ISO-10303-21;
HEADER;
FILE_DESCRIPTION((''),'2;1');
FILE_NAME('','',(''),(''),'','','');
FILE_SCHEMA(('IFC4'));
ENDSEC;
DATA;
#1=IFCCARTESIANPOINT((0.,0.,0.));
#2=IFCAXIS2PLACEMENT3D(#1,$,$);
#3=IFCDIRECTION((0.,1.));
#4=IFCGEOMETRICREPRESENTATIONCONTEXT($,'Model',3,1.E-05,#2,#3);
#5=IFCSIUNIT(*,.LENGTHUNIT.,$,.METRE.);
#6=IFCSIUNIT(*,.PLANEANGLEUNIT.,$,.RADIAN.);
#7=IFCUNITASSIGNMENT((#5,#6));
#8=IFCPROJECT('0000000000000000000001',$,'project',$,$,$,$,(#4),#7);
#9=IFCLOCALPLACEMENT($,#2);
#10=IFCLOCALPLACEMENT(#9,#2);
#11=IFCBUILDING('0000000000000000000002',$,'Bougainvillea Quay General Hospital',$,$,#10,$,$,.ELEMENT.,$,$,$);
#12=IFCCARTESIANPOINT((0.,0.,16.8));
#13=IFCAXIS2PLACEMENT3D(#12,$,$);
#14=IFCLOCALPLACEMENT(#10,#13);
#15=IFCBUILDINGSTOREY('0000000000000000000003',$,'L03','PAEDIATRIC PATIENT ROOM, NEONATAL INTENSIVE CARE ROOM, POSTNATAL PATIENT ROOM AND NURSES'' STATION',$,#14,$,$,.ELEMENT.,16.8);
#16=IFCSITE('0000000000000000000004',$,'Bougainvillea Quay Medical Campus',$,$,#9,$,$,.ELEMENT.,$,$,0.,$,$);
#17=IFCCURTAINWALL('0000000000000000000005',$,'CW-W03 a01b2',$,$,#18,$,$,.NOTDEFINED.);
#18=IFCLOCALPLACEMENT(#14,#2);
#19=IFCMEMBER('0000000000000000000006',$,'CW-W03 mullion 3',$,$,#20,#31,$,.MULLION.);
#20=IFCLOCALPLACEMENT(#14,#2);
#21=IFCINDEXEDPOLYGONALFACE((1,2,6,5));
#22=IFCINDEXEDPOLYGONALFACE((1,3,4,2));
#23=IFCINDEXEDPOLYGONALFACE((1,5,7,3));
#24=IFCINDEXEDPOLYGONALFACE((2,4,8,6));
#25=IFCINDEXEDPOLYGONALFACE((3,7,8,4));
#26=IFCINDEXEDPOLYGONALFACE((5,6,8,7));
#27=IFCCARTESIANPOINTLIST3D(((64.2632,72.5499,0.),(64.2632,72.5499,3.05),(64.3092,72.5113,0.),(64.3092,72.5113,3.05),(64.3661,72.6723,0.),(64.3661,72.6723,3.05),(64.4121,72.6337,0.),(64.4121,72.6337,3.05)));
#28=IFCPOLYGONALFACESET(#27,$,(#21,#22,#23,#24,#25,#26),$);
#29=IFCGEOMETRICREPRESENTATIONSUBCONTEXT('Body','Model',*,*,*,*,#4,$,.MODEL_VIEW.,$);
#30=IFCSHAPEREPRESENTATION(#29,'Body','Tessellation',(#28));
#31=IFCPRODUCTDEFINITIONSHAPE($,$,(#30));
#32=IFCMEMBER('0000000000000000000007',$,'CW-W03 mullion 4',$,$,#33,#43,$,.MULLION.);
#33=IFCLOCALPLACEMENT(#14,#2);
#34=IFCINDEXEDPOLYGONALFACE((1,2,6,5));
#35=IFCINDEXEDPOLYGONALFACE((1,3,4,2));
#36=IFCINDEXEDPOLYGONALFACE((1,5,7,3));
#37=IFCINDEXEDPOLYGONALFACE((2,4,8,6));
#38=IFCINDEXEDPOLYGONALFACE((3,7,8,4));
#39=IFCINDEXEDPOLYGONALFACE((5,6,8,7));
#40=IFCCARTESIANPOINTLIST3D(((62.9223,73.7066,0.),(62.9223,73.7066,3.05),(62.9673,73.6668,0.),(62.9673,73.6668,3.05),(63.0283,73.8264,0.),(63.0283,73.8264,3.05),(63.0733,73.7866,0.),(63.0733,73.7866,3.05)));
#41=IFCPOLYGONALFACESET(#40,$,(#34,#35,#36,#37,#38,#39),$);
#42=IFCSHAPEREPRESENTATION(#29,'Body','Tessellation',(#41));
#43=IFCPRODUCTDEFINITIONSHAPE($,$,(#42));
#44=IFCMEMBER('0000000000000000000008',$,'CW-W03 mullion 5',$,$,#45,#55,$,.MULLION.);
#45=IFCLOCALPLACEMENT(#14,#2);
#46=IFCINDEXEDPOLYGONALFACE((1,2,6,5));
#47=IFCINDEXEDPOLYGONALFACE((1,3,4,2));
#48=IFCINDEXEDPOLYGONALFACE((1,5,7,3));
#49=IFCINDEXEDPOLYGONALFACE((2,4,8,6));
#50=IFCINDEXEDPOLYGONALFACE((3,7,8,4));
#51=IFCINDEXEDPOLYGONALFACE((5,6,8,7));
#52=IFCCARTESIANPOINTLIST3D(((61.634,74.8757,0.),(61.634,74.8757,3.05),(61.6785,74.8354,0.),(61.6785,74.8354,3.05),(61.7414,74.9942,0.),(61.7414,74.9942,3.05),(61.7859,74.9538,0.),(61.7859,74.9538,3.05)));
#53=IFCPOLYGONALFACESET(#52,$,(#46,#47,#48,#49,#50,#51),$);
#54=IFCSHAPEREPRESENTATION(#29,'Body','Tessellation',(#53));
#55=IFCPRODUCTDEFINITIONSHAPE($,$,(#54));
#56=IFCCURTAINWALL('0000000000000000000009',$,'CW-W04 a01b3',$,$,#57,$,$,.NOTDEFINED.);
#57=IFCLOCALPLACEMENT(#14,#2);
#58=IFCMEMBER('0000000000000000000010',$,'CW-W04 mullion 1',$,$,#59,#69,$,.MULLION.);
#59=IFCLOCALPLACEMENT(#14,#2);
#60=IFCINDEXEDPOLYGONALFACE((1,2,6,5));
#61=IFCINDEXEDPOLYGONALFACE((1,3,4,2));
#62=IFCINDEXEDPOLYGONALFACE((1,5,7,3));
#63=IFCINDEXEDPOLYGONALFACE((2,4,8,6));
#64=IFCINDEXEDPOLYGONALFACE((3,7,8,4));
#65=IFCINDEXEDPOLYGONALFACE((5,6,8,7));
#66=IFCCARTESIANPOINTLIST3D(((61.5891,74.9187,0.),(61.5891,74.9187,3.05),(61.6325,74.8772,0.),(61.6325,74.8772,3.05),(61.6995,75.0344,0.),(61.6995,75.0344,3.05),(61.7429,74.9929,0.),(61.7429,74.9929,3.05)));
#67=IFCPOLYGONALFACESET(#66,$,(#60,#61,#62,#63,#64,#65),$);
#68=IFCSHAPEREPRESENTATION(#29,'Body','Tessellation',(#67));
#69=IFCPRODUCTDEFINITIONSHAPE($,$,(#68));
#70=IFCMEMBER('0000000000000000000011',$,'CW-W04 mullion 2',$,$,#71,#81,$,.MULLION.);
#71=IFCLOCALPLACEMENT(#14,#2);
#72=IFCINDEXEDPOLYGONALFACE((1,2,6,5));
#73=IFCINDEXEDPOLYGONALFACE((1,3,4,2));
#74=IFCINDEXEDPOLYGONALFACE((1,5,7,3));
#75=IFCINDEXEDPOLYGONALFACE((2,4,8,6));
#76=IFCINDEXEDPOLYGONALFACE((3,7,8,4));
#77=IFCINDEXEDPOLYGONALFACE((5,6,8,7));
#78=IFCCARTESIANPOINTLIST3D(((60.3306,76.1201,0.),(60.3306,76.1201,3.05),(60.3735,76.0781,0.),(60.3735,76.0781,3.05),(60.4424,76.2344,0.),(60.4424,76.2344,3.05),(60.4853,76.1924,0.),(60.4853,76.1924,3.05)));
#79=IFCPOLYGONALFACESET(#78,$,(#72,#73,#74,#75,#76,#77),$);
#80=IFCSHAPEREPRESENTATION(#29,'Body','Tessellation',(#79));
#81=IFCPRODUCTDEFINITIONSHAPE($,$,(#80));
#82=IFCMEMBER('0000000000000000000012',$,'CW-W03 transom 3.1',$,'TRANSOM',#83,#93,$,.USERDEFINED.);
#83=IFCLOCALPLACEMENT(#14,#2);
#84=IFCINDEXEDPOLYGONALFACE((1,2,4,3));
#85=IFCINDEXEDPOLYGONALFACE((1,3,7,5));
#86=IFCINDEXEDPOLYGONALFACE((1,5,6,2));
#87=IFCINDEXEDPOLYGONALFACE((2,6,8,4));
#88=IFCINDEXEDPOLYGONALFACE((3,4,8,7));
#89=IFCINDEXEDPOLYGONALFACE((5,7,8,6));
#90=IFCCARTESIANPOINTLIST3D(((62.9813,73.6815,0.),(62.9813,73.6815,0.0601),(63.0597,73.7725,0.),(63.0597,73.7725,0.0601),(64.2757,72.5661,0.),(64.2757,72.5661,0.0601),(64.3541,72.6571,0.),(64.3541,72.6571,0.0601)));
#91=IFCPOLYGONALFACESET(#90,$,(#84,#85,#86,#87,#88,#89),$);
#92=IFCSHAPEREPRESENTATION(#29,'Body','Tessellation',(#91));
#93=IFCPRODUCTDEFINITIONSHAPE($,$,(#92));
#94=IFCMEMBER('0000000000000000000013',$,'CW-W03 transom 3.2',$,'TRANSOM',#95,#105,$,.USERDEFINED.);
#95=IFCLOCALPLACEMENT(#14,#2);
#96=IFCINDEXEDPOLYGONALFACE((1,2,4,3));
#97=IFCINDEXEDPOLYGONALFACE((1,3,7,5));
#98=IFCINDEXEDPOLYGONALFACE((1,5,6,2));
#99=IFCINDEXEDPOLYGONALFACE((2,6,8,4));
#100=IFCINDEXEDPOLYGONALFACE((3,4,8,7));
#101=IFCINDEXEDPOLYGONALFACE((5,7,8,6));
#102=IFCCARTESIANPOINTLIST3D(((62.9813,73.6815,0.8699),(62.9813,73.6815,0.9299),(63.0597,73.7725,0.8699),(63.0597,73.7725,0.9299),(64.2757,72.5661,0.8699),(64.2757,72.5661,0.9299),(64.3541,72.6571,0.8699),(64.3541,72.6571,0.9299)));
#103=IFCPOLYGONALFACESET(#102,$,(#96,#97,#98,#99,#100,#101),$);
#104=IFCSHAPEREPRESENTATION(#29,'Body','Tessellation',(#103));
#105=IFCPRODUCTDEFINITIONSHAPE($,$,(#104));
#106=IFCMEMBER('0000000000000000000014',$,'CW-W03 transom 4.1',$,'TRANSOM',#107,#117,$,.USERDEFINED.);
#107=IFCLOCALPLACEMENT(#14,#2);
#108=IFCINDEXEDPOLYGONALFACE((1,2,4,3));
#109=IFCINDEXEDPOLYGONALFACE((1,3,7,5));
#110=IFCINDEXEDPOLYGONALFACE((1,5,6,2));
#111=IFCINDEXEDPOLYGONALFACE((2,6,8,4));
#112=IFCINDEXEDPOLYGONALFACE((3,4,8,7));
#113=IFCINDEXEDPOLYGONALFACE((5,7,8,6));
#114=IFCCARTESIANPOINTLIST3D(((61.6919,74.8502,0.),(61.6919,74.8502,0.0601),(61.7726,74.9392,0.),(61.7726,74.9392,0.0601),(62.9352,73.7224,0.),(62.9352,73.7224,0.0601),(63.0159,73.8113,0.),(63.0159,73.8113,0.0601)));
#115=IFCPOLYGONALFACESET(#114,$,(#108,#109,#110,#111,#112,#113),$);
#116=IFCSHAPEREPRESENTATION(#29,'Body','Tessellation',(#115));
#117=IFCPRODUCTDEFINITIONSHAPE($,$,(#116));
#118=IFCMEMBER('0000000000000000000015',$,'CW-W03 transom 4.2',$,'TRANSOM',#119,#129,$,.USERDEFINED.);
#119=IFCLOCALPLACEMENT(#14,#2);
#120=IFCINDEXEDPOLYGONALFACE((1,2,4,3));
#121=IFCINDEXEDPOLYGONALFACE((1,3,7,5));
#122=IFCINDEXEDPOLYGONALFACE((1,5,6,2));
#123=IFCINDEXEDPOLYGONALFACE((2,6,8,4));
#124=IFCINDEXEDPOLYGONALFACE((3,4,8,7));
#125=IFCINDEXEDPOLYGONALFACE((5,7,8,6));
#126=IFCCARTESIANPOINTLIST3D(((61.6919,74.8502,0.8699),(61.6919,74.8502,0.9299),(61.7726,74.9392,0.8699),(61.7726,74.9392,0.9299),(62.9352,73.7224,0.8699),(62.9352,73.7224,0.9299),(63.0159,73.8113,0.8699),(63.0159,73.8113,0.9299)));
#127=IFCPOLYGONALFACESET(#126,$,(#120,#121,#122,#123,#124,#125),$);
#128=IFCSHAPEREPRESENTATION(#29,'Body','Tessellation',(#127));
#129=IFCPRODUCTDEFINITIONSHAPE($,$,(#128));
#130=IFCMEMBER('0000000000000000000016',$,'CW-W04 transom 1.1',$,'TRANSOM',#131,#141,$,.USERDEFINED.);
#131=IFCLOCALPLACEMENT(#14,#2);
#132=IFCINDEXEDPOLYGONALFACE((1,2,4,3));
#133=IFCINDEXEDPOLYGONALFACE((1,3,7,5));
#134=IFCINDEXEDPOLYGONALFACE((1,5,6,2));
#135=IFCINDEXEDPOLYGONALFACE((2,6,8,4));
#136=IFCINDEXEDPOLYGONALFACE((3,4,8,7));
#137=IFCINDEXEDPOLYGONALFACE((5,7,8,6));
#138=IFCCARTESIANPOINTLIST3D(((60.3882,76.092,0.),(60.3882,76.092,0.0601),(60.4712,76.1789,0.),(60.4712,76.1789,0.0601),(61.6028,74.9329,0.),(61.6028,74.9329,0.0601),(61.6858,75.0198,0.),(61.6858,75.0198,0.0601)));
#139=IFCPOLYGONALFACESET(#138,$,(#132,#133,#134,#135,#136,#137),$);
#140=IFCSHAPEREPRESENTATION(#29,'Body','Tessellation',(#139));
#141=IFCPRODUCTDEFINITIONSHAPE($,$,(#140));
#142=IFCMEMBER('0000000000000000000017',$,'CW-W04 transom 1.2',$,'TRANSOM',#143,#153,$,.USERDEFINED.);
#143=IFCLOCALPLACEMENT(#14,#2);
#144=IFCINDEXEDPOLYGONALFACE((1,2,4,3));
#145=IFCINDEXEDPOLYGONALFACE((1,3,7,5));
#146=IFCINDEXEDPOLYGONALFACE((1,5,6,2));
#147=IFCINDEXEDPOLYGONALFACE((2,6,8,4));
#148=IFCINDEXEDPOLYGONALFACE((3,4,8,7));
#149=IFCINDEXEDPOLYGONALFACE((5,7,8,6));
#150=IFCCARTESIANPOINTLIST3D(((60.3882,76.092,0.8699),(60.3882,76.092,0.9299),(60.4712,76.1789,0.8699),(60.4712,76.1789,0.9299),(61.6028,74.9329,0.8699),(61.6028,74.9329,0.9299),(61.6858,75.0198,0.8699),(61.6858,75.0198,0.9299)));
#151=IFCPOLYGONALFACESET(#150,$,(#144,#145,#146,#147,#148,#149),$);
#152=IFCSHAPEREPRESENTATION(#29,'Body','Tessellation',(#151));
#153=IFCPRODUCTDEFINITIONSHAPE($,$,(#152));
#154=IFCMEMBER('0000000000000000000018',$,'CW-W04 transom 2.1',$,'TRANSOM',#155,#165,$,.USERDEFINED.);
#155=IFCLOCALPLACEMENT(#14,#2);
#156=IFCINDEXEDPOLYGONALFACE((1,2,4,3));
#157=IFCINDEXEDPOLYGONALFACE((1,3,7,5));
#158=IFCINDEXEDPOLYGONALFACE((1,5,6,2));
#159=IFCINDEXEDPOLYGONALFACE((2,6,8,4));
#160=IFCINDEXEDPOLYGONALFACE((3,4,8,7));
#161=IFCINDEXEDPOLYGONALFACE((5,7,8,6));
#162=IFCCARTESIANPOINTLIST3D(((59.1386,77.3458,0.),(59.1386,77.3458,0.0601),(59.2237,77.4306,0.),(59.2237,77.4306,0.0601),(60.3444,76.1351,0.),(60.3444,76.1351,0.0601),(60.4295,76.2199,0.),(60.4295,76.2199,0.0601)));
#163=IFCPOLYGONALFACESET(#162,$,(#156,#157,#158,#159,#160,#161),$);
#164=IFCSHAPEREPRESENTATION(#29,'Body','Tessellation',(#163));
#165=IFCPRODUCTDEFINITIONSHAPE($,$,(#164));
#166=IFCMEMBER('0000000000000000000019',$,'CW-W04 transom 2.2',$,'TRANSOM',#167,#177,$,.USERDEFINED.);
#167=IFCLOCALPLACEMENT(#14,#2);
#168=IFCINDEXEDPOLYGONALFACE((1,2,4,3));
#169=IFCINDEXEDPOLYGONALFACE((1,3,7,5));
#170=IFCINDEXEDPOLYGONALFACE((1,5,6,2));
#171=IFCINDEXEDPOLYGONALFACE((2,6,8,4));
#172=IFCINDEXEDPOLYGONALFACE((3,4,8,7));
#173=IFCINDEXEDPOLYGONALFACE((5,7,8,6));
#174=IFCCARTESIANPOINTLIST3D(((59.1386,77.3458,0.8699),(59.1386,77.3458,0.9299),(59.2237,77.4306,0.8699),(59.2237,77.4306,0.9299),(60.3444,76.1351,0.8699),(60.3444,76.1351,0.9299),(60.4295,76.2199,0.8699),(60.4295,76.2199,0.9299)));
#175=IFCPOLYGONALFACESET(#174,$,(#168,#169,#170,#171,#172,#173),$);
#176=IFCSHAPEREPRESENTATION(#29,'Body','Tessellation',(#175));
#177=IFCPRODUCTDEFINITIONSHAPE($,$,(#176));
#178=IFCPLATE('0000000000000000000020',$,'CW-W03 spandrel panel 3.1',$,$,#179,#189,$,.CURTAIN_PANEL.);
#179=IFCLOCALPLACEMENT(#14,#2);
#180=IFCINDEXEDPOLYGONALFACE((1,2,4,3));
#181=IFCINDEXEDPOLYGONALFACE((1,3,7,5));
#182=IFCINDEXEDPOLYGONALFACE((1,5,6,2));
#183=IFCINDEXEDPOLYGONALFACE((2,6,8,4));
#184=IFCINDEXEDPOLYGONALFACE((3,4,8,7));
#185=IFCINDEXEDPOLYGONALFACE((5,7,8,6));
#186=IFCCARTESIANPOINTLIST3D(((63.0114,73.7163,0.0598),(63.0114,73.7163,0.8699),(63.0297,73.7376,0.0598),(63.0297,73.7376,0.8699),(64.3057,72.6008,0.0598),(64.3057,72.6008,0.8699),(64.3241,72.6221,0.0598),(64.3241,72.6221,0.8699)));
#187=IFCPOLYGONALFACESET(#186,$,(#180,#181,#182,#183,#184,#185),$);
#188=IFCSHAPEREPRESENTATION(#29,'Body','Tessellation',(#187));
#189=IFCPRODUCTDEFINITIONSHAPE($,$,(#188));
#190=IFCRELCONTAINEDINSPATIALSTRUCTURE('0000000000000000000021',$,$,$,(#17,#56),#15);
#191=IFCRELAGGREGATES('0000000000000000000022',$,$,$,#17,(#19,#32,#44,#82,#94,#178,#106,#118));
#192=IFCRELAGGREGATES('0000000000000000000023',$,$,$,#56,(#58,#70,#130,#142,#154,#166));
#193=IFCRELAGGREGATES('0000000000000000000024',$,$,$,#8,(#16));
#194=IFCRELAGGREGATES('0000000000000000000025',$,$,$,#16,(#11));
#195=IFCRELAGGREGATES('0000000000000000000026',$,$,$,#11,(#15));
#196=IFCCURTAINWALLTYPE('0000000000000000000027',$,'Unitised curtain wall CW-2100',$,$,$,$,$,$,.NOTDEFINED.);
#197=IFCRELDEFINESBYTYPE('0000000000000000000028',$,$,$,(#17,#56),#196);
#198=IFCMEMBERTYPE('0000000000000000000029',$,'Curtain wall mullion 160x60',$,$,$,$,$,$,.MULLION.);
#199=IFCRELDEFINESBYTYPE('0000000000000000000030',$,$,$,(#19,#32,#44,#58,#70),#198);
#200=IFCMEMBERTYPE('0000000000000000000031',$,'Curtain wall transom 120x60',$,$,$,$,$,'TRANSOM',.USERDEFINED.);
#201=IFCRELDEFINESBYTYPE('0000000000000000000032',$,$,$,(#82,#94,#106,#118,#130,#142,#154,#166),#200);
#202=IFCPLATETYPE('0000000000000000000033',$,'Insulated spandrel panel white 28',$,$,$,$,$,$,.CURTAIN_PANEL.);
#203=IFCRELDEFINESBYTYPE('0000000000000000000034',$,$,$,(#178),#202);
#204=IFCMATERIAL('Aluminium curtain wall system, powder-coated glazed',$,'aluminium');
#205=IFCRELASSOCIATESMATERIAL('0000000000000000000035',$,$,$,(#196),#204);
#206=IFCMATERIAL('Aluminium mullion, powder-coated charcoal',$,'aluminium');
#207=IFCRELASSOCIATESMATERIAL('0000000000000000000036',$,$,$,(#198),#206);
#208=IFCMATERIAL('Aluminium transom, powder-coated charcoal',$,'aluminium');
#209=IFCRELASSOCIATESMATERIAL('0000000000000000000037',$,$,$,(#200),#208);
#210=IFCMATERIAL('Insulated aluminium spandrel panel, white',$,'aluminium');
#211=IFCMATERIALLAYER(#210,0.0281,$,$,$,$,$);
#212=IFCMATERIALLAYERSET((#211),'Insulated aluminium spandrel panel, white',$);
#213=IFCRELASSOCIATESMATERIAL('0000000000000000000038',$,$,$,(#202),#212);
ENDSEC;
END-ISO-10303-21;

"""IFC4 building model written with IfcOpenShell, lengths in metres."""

from ifc_helpers import new_model, si_unit, direction, frame, origin, origin_2d, place, context, subcontext, project, spatial, rectangle, extrude, material, layer, layer_set, material_profile, profile_set, type_object, element, aggregate, save


model = new_model("IFC4")

# Units and contexts
model_context = context("Model", 3, precision=1e-05, world=origin(), true_north=direction((0.0, 1.0)))
body_context = subcontext(model_context, "Body", "Model", "MODEL_VIEW")
ifc_project = project(units=[si_unit("LENGTHUNIT", "METRE"), si_unit("PLANEANGLEUNIT", "RADIAN")], contexts=[model_context])

# Site, building, storey
site_placement = place(None, origin())
site = spatial("IfcSite", under=ifc_project, at=site_placement, Name="Bougainvillea Quay Medical Campus", CompositionType="ELEMENT", RefElevation=0.0)
building_placement = place(site_placement, origin())
building = spatial("IfcBuilding", under=site, at=building_placement, Name="Bougainvillea Quay General Hospital", CompositionType="ELEMENT")
storey_placement = place(building_placement, frame((0.0, 0.0, 16.8)))
storey = spatial("IfcBuildingStorey", under=building, at=storey_placement, Name="L03", Description="PAEDIATRIC PATIENT ROOM, NEONATAL INTENSIVE CARE ROOM, POSTNATAL PATIENT ROOM AND NURSES' STATION", CompositionType="ELEMENT", Elevation=16.8)

# Curtain walls, members
ifc_material_1 = material(Name="Aluminium curtain wall system, powder-coated glazed", Category="aluminium")
curtain_wall_type = type_object("IfcCurtainWallType", Name="Unitised curtain wall CW-2100", PredefinedType="NOTDEFINED", material=ifc_material_1)
curtain_wall_1_placement = place(storey_placement, origin())
curtain_wall_1 = element("IfcCurtainWall", 1, at=curtain_wall_1_placement, inside=storey, type_object=curtain_wall_type, Name="CW-W03 a01b2", PredefinedType="NOTDEFINED")
ifc_material_2 = material(Name="Aluminium mullion, powder-coated charcoal", Category="aluminium")
ifc_material_profile_1 = material_profile(ifc_material_2, rectangle(XDim=0.1599, YDim=0.0601, at=origin_2d()))
ifc_profile_set_1 = profile_set([ifc_material_profile_1], Name="Aluminium mullion, powder-coated charcoal")
member_type_1 = type_object("IfcMemberType", Name="Curtain wall mullion 160x60", PredefinedType="MULLION", material=ifc_profile_set_1)
member_1_placement = place(storey_placement, frame((64.3376, 72.5918, 0.0), z_axis=(0.0, 0.0, 1.0), x_axis=(-0.643189, -0.765708, 0.0)))
member_1 = element("IfcMember", 2, at=member_1_placement, type_object=member_type_1, Name="CW-W03 mullion 3", PredefinedType="MULLION", context=body_context, shape_type="SweptSolid", body=[
    extrude(rectangle(XDim=0.1599, YDim=0.0601, at=origin_2d()), origin(), (0.0, 0.0, 1.0), 3.05),
])
member_2_placement = place(storey_placement, frame((62.9978, 73.7466, 0.0), z_axis=(0.0, 0.0, 1.0), x_axis=(-0.662398, -0.749152, 0.0)))
member_2 = element("IfcMember", 3, at=member_2_placement, type_object=member_type_1, Name="CW-W03 mullion 4", PredefinedType="MULLION", context=body_context, shape_type="SweptSolid", body=[
    extrude(rectangle(XDim=0.1599, YDim=0.0601, at=origin_2d()), origin(), (0.0, 0.0, 1.0), 3.05),
])
member_3_placement = place(storey_placement, frame((61.71, 74.9148, 0.0), z_axis=(0.0, 0.0, 1.0), x_axis=(-0.671843, -0.740693, 0.0)))
member_3 = element("IfcMember", 4, at=member_3_placement, type_object=member_type_1, Name="CW-W03 mullion 5", PredefinedType="MULLION", context=body_context, shape_type="SweptSolid", body=[
    extrude(rectangle(XDim=0.1599, YDim=0.0601, at=origin_2d()), origin(), (0.0, 0.0, 1.0), 3.05),
])
curtain_wall_2_placement = place(storey_placement, origin())
curtain_wall_2 = element("IfcCurtainWall", 5, at=curtain_wall_2_placement, inside=storey, type_object=curtain_wall_type, Name="CW-W04 a01b3", PredefinedType="NOTDEFINED")
member_4_placement = place(storey_placement, frame((61.666, 74.9558, 0.0), z_axis=(0.0, 0.0, 1.0), x_axis=(-0.690409, -0.723419, 0.0)))
member_4 = element("IfcMember", 6, at=member_4_placement, type_object=member_type_1, Name="CW-W04 mullion 1", PredefinedType="MULLION", context=body_context, shape_type="SweptSolid", body=[
    extrude(rectangle(XDim=0.1599, YDim=0.0601, at=origin_2d()), origin(), (0.0, 0.0, 1.0), 3.05),
])
member_5_placement = place(storey_placement, frame((60.408, 76.1562, 0.0), z_axis=(0.0, 0.0, 1.0), x_axis=(-0.699526, -0.714607, 0.0)))
member_5 = element("IfcMember", 7, at=member_5_placement, type_object=member_type_1, Name="CW-W04 mullion 2", PredefinedType="MULLION", context=body_context, shape_type="SweptSolid", body=[
    extrude(rectangle(XDim=0.1599, YDim=0.0601, at=origin_2d()), origin(), (0.0, 0.0, 1.0), 3.05),
])

# Members
ifc_material_3 = material(Name="Aluminium transom, powder-coated charcoal", Category="aluminium")
ifc_material_profile_2 = material_profile(ifc_material_3, rectangle(XDim=0.1201, YDim=0.0601, at=origin_2d()))
ifc_profile_set_2 = profile_set([ifc_material_profile_2], Name="Aluminium transom, powder-coated charcoal")
member_type_2 = type_object("IfcMemberType", Name="Curtain wall transom 120x60", ElementType="TRANSOM", PredefinedType="USERDEFINED", material=ifc_profile_set_2)
member_6_placement = place(storey_placement, frame((64.3149, 72.6116, 0.03), z_axis=(-0.757529, 0.652801, 0.0), x_axis=(-0.652801, -0.757529, 0.0)))
member_6 = element("IfcMember", 8, at=member_6_placement, type_object=member_type_2, Name="CW-W03 transom 3.1", ObjectType="TRANSOM", PredefinedType="USERDEFINED", context=body_context, shape_type="SweptSolid", body=[
    extrude(rectangle(XDim=0.1201, YDim=0.0601, at=origin_2d()), origin(), (0.0, 0.0, 1.0), 1.7087),
])
member_7_placement = place(storey_placement, frame((64.3149, 72.6116, 0.8999), z_axis=(-0.757529, 0.652801, 0.0), x_axis=(-0.652801, -0.757529, 0.0)))
member_7 = element("IfcMember", 9, at=member_7_placement, type_object=member_type_2, Name="CW-W03 transom 3.2", ObjectType="TRANSOM", PredefinedType="USERDEFINED", context=body_context, shape_type="SweptSolid", body=[
    extrude(rectangle(XDim=0.1201, YDim=0.0601, at=origin_2d()), origin(), (0.0, 0.0, 1.0), 1.7087),
])
member_8_placement = place(storey_placement, frame((62.9756, 73.7668, 0.03), z_axis=(-0.740663, 0.671876, 0.0), x_axis=(-0.671876, -0.740663, 0.0)))
member_8 = element("IfcMember", 10, at=member_8_placement, type_object=member_type_2, Name="CW-W03 transom 4.1", ObjectType="TRANSOM", PredefinedType="USERDEFINED", context=body_context, shape_type="SweptSolid", body=[
    extrude(rectangle(XDim=0.1201, YDim=0.0601, at=origin_2d()), origin(), (0.0, 0.0, 1.0), 1.6787),
])
member_9_placement = place(storey_placement, frame((62.9756, 73.7668, 0.8999), z_axis=(-0.740663, 0.671876, 0.0), x_axis=(-0.671876, -0.740663, 0.0)))
member_9 = element("IfcMember", 11, at=member_9_placement, type_object=member_type_2, Name="CW-W03 transom 4.2", ObjectType="TRANSOM", PredefinedType="USERDEFINED", context=body_context, shape_type="SweptSolid", body=[
    extrude(rectangle(XDim=0.1201, YDim=0.0601, at=origin_2d()), origin(), (0.0, 0.0, 1.0), 1.6787),
])
member_10_placement = place(storey_placement, frame((61.6443, 74.9763, 0.03), z_axis=(-0.723418, 0.69041, 0.0), x_axis=(-0.69041, -0.723418, 0.0)))
member_10 = element("IfcMember", 12, at=member_10_placement, type_object=member_type_2, Name="CW-W04 transom 1.1", ObjectType="TRANSOM", PredefinedType="USERDEFINED", context=body_context, shape_type="SweptSolid", body=[
    extrude(rectangle(XDim=0.1201, YDim=0.0601, at=origin_2d()), origin(), (0.0, 0.0, 1.0), 1.679),
])
member_11_placement = place(storey_placement, frame((61.6443, 74.9763, 0.8999), z_axis=(-0.723418, 0.69041, 0.0), x_axis=(-0.69041, -0.723418, 0.0)))
member_11 = element("IfcMember", 13, at=member_11_placement, type_object=member_type_2, Name="CW-W04 transom 1.2", ObjectType="TRANSOM", PredefinedType="USERDEFINED", context=body_context, shape_type="SweptSolid", body=[
    extrude(rectangle(XDim=0.1201, YDim=0.0601, at=origin_2d()), origin(), (0.0, 0.0, 1.0), 1.679),
])
member_12_placement = place(storey_placement, frame((60.387, 76.1775, 0.03), z_axis=(-0.705677, 0.708534, 0.0), x_axis=(-0.708534, -0.705677, 0.0)))
member_12 = element("IfcMember", 14, at=member_12_placement, type_object=member_type_2, Name="CW-W04 transom 2.1", ObjectType="TRANSOM", PredefinedType="USERDEFINED", context=body_context, shape_type="SweptSolid", body=[
    extrude(rectangle(XDim=0.1201, YDim=0.0601, at=origin_2d()), origin(), (0.0, 0.0, 1.0), 1.7087),
])
member_13_placement = place(storey_placement, frame((60.387, 76.1775, 0.8999), z_axis=(-0.705677, 0.708534, 0.0), x_axis=(-0.708534, -0.705677, 0.0)))
member_13 = element("IfcMember", 15, at=member_13_placement, type_object=member_type_2, Name="CW-W04 transom 2.2", ObjectType="TRANSOM", PredefinedType="USERDEFINED", context=body_context, shape_type="SweptSolid", body=[
    extrude(rectangle(XDim=0.1201, YDim=0.0601, at=origin_2d()), origin(), (0.0, 0.0, 1.0), 1.7087),
])

# Plate
ifc_material_4 = material(Name="Insulated aluminium spandrel panel, white", Category="aluminium")
ifc_layer_1 = layer(ifc_material_4, 0.0281)
ifc_layer_set_1 = layer_set([ifc_layer_1], Name="Insulated aluminium spandrel panel, white")
plate_type = type_object("IfcPlateType", Name="Insulated spandrel panel white 28", PredefinedType="CURTAIN_PANEL", material=ifc_layer_set_1)
plate_1_placement = place(storey_placement, frame((63.6677, 73.1692, 0.0598), z_axis=(0.0, 0.0, 1.0), x_axis=(-0.757491, 0.652846, 0.0)))
plate_1 = element("IfcPlate", 16, at=plate_1_placement, type_object=plate_type, Name="CW-W03 spandrel panel 3.1", PredefinedType="CURTAIN_PANEL", context=body_context, shape_type="SweptSolid", body=[
    extrude(rectangle(XDim=1.7087, YDim=0.0281, at=origin_2d()), origin(), (0.0, 0.0, 1.0), 0.8101),
])
aggregate(curtain_wall_1, [member_1, member_2, member_3, member_6, member_7, plate_1, member_8, member_9])
aggregate(curtain_wall_2, [member_4, member_5, member_10, member_11, member_12, member_13])

save(model, "model.ifc")
